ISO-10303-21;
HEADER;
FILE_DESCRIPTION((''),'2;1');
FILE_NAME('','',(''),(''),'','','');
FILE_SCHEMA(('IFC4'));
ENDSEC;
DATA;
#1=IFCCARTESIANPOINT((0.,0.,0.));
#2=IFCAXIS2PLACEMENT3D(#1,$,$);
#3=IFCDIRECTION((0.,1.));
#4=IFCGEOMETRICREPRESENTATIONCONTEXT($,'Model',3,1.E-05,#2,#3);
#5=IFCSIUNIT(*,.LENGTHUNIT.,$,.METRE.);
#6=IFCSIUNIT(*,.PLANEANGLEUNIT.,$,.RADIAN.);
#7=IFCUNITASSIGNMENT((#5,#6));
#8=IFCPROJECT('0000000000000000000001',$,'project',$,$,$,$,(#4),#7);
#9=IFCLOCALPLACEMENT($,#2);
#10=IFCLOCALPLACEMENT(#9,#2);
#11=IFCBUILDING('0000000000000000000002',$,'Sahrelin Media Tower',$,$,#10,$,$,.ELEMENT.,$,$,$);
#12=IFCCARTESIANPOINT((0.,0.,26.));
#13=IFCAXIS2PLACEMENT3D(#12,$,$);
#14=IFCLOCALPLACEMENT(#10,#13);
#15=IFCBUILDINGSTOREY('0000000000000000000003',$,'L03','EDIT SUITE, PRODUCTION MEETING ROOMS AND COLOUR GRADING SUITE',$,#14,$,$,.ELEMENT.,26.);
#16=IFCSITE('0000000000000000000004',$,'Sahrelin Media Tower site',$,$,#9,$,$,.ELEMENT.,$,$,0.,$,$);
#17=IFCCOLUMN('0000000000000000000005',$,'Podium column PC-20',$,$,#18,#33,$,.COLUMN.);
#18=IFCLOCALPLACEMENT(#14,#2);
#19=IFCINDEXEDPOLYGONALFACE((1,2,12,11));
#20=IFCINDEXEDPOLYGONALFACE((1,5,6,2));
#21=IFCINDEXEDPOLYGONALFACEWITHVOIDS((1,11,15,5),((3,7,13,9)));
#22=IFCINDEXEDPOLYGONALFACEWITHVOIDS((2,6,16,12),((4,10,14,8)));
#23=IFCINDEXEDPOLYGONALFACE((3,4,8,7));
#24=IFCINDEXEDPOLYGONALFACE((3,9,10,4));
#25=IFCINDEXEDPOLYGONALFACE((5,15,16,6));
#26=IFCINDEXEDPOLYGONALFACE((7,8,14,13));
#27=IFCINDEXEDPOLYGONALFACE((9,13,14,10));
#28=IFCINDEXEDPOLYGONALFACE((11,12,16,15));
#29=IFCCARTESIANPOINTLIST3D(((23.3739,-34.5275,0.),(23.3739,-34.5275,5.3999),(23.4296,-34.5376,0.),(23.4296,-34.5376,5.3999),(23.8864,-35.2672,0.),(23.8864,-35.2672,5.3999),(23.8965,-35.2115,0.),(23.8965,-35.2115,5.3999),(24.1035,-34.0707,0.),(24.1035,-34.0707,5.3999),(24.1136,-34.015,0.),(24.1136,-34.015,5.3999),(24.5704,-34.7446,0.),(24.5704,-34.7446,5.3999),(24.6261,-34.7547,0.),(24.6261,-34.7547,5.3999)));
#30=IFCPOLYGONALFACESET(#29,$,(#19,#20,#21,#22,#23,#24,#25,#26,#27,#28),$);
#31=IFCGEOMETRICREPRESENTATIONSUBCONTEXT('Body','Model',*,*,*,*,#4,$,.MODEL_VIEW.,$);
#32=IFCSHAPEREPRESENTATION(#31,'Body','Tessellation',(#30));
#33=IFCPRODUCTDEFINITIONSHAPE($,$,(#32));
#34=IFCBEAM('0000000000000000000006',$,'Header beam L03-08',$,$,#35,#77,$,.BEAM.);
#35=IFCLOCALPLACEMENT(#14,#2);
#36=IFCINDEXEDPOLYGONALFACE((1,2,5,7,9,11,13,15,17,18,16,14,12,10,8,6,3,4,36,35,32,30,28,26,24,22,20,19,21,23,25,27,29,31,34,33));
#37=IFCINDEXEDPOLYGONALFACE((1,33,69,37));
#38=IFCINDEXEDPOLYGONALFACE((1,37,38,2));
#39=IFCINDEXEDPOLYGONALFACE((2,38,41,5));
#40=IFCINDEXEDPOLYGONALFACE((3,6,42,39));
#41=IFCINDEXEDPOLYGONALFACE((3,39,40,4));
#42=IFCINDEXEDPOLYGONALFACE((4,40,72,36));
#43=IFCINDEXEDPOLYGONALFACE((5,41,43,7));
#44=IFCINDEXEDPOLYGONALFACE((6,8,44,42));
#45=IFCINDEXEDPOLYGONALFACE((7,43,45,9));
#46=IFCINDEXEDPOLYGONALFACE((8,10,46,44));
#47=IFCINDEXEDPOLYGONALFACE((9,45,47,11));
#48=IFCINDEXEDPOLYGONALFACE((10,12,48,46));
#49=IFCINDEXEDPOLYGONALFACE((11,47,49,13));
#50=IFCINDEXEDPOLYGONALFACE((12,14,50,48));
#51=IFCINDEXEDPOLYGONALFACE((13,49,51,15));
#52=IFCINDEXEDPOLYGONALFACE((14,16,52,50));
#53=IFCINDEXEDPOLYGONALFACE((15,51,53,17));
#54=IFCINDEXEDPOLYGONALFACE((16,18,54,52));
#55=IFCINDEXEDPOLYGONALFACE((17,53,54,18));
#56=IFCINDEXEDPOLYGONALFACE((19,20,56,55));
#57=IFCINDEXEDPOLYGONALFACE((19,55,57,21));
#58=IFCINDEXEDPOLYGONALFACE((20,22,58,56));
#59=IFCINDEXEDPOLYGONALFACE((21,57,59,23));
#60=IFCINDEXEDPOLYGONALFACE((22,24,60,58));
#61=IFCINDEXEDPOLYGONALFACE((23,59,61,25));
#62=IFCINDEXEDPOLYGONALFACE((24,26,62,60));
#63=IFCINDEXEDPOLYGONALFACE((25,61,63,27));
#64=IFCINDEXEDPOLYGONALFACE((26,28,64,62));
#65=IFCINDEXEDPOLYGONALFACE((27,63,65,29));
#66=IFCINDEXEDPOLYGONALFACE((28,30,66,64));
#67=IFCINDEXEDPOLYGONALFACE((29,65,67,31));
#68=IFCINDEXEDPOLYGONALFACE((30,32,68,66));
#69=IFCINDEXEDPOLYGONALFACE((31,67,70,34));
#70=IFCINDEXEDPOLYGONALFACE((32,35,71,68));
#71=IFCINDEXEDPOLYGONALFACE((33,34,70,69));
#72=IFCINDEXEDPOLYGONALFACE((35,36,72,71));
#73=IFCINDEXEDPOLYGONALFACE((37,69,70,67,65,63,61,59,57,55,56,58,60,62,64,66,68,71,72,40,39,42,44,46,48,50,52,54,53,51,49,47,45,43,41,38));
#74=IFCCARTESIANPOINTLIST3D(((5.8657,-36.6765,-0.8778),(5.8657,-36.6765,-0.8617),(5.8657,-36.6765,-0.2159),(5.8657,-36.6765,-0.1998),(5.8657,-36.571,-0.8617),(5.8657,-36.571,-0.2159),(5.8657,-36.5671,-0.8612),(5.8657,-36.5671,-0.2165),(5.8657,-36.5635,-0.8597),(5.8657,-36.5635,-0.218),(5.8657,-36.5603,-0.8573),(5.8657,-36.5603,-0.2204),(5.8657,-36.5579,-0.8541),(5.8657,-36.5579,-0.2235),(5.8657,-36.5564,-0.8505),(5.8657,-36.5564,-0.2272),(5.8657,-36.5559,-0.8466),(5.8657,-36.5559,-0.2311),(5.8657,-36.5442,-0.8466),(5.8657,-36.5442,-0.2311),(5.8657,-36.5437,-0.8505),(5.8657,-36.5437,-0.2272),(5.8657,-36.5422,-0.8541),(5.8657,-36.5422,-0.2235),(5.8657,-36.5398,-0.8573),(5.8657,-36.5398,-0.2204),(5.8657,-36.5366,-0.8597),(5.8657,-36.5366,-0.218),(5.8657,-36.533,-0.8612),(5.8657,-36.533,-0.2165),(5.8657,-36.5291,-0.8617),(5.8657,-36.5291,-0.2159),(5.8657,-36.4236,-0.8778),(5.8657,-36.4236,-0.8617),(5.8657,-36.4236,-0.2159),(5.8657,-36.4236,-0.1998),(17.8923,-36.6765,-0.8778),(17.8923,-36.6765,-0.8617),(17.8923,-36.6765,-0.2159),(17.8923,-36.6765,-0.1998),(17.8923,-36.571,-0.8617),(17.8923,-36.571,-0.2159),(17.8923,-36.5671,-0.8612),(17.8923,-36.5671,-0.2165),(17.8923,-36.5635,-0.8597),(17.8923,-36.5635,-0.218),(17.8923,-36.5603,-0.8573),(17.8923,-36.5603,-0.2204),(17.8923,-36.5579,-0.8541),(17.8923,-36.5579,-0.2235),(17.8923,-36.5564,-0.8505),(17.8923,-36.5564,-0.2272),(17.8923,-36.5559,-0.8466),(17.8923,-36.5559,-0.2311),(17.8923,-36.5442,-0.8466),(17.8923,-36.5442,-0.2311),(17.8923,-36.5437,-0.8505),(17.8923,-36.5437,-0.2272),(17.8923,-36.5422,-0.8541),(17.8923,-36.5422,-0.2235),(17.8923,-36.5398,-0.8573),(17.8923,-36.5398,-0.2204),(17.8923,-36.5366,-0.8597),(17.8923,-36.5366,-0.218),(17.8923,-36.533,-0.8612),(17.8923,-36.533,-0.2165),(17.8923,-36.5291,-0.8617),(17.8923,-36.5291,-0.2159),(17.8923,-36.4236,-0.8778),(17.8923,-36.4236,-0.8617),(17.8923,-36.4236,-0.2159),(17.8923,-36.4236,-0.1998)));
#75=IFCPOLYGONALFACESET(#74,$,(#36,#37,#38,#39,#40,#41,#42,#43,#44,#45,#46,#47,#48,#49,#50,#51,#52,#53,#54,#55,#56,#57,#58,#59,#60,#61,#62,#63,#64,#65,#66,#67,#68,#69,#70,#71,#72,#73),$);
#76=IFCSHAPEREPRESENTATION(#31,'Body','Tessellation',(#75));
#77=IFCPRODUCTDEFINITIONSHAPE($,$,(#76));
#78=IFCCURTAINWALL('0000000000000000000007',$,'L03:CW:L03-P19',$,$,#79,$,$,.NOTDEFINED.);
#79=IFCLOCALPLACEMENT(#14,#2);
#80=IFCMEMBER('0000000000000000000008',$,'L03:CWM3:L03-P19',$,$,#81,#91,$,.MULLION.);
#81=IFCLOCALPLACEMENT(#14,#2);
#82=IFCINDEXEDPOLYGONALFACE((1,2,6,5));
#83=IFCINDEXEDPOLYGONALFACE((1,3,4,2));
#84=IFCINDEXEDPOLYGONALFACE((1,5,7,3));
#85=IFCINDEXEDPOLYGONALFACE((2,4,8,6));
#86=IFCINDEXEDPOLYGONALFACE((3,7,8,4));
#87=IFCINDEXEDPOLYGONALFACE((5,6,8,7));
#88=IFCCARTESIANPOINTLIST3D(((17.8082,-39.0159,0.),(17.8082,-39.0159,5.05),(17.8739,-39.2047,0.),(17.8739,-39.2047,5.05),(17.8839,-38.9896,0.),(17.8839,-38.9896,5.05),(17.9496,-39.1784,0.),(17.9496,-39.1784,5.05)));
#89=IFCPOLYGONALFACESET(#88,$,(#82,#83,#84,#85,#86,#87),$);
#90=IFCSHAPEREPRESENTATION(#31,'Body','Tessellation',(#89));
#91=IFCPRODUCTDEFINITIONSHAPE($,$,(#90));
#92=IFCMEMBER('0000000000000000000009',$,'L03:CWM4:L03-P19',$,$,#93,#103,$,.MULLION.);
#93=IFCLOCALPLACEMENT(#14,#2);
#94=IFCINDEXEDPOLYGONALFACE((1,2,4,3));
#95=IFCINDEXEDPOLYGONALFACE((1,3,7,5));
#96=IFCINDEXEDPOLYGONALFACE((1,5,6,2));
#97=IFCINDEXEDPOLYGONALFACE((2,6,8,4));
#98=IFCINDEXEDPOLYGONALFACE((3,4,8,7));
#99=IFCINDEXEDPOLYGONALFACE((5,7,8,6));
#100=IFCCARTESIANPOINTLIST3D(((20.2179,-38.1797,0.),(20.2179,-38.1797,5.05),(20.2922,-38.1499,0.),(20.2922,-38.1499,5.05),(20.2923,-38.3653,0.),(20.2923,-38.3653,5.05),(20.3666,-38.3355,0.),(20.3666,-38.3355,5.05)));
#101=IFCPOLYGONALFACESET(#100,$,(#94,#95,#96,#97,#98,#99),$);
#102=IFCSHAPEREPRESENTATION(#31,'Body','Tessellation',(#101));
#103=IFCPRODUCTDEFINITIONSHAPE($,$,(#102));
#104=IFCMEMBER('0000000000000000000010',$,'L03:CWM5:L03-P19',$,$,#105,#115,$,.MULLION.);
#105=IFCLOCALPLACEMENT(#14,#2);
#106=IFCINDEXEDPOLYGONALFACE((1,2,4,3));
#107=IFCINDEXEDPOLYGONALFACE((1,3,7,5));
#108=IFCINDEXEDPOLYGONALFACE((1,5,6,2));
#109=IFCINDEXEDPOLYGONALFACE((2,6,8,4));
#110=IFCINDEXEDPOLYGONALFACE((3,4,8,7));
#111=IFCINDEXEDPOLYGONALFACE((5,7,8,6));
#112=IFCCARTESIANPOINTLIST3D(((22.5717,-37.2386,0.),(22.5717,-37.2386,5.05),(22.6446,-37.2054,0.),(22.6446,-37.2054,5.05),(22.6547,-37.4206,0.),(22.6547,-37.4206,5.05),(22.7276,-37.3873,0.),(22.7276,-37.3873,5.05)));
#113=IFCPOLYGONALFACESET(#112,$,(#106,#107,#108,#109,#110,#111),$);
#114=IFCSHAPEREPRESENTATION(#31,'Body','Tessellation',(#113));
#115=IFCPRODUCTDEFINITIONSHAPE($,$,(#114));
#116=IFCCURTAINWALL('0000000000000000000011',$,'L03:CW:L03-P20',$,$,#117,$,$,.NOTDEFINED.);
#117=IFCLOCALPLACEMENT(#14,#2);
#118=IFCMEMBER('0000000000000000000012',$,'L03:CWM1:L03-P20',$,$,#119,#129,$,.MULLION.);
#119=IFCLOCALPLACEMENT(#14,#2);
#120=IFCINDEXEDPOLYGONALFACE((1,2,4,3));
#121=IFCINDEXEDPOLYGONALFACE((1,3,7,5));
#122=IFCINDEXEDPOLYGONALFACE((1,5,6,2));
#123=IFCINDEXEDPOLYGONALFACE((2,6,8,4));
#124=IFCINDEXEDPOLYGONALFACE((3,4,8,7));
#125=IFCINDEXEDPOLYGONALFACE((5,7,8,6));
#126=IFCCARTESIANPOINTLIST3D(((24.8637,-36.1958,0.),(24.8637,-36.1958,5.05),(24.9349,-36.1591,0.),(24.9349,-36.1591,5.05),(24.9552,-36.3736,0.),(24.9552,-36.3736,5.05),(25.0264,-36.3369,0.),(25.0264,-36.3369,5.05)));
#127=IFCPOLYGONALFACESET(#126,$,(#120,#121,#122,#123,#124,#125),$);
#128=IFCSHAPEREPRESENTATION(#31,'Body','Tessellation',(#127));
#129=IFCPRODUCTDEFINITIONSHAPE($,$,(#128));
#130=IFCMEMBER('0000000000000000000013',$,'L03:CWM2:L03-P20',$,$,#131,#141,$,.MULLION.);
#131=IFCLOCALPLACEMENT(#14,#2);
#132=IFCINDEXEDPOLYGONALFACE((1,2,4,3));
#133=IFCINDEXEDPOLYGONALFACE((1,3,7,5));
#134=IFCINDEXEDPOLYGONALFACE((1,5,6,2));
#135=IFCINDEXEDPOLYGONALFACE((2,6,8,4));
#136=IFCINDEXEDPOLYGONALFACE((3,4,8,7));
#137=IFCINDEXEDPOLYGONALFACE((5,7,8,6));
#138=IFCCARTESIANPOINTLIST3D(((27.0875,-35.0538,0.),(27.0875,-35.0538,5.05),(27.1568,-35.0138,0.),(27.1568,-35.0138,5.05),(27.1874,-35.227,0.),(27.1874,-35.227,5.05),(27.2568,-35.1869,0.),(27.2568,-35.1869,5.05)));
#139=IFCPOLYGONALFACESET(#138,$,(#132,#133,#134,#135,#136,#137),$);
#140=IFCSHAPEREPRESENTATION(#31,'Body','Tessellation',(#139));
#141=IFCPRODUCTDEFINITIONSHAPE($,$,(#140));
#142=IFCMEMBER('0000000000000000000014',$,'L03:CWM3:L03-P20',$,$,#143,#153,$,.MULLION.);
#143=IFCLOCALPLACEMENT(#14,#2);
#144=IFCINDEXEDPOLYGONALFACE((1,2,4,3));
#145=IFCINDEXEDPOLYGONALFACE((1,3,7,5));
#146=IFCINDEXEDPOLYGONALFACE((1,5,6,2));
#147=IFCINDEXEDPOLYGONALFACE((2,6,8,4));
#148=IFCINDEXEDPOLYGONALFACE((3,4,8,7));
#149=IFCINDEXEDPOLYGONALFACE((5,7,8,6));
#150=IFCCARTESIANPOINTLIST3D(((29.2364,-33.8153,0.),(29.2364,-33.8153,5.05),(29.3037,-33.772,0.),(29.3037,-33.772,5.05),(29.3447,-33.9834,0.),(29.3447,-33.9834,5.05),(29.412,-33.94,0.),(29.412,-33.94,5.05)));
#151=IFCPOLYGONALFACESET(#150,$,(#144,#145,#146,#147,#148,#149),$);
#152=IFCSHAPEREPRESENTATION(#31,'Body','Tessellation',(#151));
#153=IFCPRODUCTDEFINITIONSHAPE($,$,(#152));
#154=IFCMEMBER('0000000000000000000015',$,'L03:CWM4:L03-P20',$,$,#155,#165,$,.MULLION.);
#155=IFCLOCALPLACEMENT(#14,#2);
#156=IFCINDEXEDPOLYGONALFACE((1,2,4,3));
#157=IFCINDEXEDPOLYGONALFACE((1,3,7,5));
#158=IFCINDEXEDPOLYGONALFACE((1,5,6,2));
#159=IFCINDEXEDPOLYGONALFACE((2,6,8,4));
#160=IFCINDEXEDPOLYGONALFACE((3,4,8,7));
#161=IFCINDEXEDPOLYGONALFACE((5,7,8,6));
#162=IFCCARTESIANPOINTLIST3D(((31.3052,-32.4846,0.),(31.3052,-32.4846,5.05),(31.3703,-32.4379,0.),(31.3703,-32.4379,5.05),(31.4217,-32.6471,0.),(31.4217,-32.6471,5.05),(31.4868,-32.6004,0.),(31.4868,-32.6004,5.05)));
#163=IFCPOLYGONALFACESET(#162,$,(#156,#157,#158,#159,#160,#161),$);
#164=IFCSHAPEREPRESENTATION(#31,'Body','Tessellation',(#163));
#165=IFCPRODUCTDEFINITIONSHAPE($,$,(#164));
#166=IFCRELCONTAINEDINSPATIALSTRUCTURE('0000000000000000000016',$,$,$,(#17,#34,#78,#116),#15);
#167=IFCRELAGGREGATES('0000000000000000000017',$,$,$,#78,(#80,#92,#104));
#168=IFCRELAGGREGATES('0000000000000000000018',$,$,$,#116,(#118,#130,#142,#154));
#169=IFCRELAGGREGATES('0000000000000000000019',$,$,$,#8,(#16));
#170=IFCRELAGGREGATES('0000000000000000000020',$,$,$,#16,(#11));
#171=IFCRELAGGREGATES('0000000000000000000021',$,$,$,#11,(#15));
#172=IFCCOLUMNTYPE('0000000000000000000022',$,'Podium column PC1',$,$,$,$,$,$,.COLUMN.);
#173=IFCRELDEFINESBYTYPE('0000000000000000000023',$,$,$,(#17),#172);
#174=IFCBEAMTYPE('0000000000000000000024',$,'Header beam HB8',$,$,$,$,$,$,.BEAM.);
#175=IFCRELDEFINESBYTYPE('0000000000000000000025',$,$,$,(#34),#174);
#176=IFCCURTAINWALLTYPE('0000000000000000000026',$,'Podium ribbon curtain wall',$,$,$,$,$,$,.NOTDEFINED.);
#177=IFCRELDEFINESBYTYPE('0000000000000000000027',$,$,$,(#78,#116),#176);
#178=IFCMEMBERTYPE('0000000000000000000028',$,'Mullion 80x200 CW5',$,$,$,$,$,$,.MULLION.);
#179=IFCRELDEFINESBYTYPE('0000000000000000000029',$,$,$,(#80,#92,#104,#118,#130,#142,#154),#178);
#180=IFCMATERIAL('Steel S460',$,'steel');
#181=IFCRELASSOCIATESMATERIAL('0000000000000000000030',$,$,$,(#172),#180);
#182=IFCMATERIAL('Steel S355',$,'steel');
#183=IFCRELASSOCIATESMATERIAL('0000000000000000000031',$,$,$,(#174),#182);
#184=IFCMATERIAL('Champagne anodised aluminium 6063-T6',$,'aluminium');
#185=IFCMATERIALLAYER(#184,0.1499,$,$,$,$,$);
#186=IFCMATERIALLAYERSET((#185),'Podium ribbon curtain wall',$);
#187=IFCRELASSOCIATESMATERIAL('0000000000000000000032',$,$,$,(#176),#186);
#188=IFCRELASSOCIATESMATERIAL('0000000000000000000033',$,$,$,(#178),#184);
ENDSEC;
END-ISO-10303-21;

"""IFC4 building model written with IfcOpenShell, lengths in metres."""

from ifc_helpers import new_model, si_unit, direction, frame, origin, origin_2d, place, context, subcontext, project, spatial, rectangle, hollow_rectangle, i_section, extrude, material, layer, layer_set, material_profile, profile_set, type_object, element, aggregate, save


model = new_model("IFC4")

# Units and contexts
model_context = context("Model", 3, precision=1e-05, world=origin(), true_north=direction((0.0, 1.0)))
body_context = subcontext(model_context, "Body", "Model", "MODEL_VIEW")
ifc_project = project(units=[si_unit("LENGTHUNIT", "METRE"), si_unit("PLANEANGLEUNIT", "RADIAN")], contexts=[model_context])

# Site, building, storey
site_placement = place(None, origin())
site = spatial("IfcSite", under=ifc_project, at=site_placement, Name="Sahrelin Media Tower site", CompositionType="ELEMENT", RefElevation=0.0)
building_placement = place(site_placement, origin())
building = spatial("IfcBuilding", under=site, at=building_placement, Name="Sahrelin Media Tower", CompositionType="ELEMENT")
storey_placement = place(building_placement, frame((0.0, 0.0, 26.0)))
storey = spatial("IfcBuildingStorey", under=building, at=storey_placement, Name="L03", Description="EDIT SUITE, PRODUCTION MEETING ROOMS AND COLOUR GRADING SUITE", CompositionType="ELEMENT", Elevation=26.0)

# Column
ifc_material_1 = material(Name="Steel S460", Category="steel")
ifc_material_profile_1 = material_profile(ifc_material_1, hollow_rectangle(XDim=0.8999, YDim=0.8999, WallThickness=0.04, at=origin_2d()), Name="Podium column PC1")
ifc_profile_set_1 = profile_set([ifc_material_profile_1], Name="Steel S460")
column_type = type_object("IfcColumnType", Name="Podium column PC1", PredefinedType="COLUMN", material=ifc_profile_set_1)
column_placement = place(storey_placement, frame((24.0, -34.6411, 0.0), z_axis=(0.0, 0.0, 1.0), x_axis=(0.569495, -0.821995, 0.0)))
element("IfcColumn", 1, at=column_placement, inside=storey, type_object=column_type, Name="Podium column PC-20", PredefinedType="COLUMN", context=body_context, shape_type="SweptSolid", body=[
    extrude(hollow_rectangle(XDim=0.8999, YDim=0.8999, WallThickness=0.04, at=origin_2d()), origin(), (0.0, 0.0, 1.0), 5.3999),
])

# Beam
ifc_material_2 = material(Name="Steel S355", Category="steel")
ifc_material_profile_2 = material_profile(ifc_material_2, i_section(OverallWidth=0.2529, OverallDepth=0.678, WebThickness=0.0117, FlangeThickness=0.0161, FilletRadius=0.0151, at=origin_2d()), Name="UB 686x254x125")
ifc_profile_set_2 = profile_set([ifc_material_profile_2], Name="Steel S355")
beam_type_1 = type_object("IfcBeamType", Name="Header beam HB8", PredefinedType="BEAM", material=ifc_profile_set_2)
beam_1_placement = place(storey_placement, frame((17.8923, -36.55, -0.5388), z_axis=(-1.0, 0.0, 0.0), x_axis=(0.0, -1.0, 0.0)))
element("IfcBeam", 2, at=beam_1_placement, inside=storey, type_object=beam_type_1, Name="Header beam L03-08", PredefinedType="BEAM", context=body_context, shape_type="SweptSolid", body=[
    extrude(i_section(OverallWidth=0.2529, OverallDepth=0.678, WebThickness=0.0117, FlangeThickness=0.0161, FilletRadius=0.0151, at=origin_2d()), origin(), (0.0, 0.0, 1.0), 12.0266),
])

# Curtain walls, members
ifc_material_3 = material(Name="Champagne anodised aluminium 6063-T6", Category="aluminium")
ifc_layer_1 = layer(ifc_material_3, 0.1499)
ifc_layer_set_1 = layer_set([ifc_layer_1], Name="Podium ribbon curtain wall")
curtain_wall_type = type_object("IfcCurtainWallType", Name="Podium ribbon curtain wall", PredefinedType="NOTDEFINED", material=ifc_layer_set_1)
curtain_wall_1_placement = place(storey_placement, frame((12.9409, -40.5688, 0.0), z_axis=(0.0, 0.0, 1.0), x_axis=(1.0, 0.0, 0.0)))
curtain_wall_1 = element("IfcCurtainWall", 3, at=curtain_wall_1_placement, inside=storey, type_object=curtain_wall_type, Name="L03:CW:L03-P19", PredefinedType="NOTDEFINED")
ifc_material_profile_3 = material_profile(ifc_material_3, rectangle(XDim=0.0801, YDim=0.2, at=origin_2d()), Name="Mullion 80x200")
ifc_profile_set_3 = profile_set([ifc_material_profile_3], Name="Champagne anodised aluminium 6063-T6")
member_type_1 = type_object("IfcMemberType", Name="Mullion 80x200 CW5", PredefinedType="MULLION", material=ifc_profile_set_3)
member_1_placement = place(storey_placement, frame((17.8789, -39.0972, 0.0), z_axis=(0.0, 0.0, 1.0), x_axis=(0.944458, 0.328631, 0.0)))
member_1 = element("IfcMember", 4, at=member_1_placement, type_object=member_type_1, Name="L03:CWM3:L03-P19", PredefinedType="MULLION", context=body_context, shape_type="SweptSolid", body=[
    extrude(rectangle(XDim=0.0801, YDim=0.2, at=origin_2d()), origin(), (0.0, 0.0, 1.0), 5.05),
])
member_2_placement = place(storey_placement, frame((20.2922, -38.2576, 0.0), z_axis=(0.0, 0.0, 1.0), x_axis=(0.92827, 0.371906, 0.0)))
member_2 = element("IfcMember", 5, at=member_2_placement, type_object=member_type_1, Name="L03:CWM4:L03-P19", PredefinedType="MULLION", context=body_context, shape_type="SweptSolid", body=[
    extrude(rectangle(XDim=0.0801, YDim=0.2, at=origin_2d()), origin(), (0.0, 0.0, 1.0), 5.05),
])
member_3_placement = place(storey_placement, frame((22.6497, -37.313, 0.0), z_axis=(0.0, 0.0, 1.0), x_axis=(0.909842, 0.414955, 0.0)))
member_3 = element("IfcMember", 6, at=member_3_placement, type_object=member_type_1, Name="L03:CWM5:L03-P19", PredefinedType="MULLION", context=body_context, shape_type="SweptSolid", body=[
    extrude(rectangle(XDim=0.0801, YDim=0.2, at=origin_2d()), origin(), (0.0, 0.0, 1.0), 5.05),
])
curtain_wall_2_placement = place(storey_placement, frame((25.0, -36.373, 0.0), z_axis=(0.0, 0.0, 1.0), x_axis=(1.0, 0.0, 0.0)))
curtain_wall_2 = element("IfcCurtainWall", 7, at=curtain_wall_2_placement, inside=storey, type_object=curtain_wall_type, Name="L03:CW:L03-P20", PredefinedType="NOTDEFINED")
member_4_placement = place(storey_placement, frame((24.9451, -36.2664, 0.0), z_axis=(0.0, 0.0, 1.0), x_axis=(0.889123, 0.457668, 0.0)))
member_4 = element("IfcMember", 8, at=member_4_placement, type_object=member_type_1, Name="L03:CWM1:L03-P20", PredefinedType="MULLION", context=body_context, shape_type="SweptSolid", body=[
    extrude(rectangle(XDim=0.0801, YDim=0.2, at=origin_2d()), origin(), (0.0, 0.0, 1.0), 5.05),
])
member_5_placement = place(storey_placement, frame((27.1721, -35.1204, 0.0), z_axis=(0.0, 0.0, 1.0), x_axis=(0.866029, 0.499994, 0.0)))
member_5 = element("IfcMember", 9, at=member_5_placement, type_object=member_type_1, Name="L03:CWM2:L03-P20", PredefinedType="MULLION", context=body_context, shape_type="SweptSolid", body=[
    extrude(rectangle(XDim=0.0801, YDim=0.2, at=origin_2d()), origin(), (0.0, 0.0, 1.0), 5.05),
])
member_6_placement = place(storey_placement, frame((29.3242, -33.8777, 0.0), z_axis=(0.0, 0.0, 1.0), x_axis=(0.840519, 0.541782, 0.0)))
member_6 = element("IfcMember", 10, at=member_6_placement, type_object=member_type_1, Name="L03:CWM3:L03-P20", PredefinedType="MULLION", context=body_context, shape_type="SweptSolid", body=[
    extrude(rectangle(XDim=0.0801, YDim=0.2, at=origin_2d()), origin(), (0.0, 0.0, 1.0), 5.05),
])
member_7_placement = place(storey_placement, frame((31.396, -32.5425, 0.0), z_axis=(0.0, 0.0, 1.0), x_axis=(0.812532, 0.582916, 0.0)))
member_7 = element("IfcMember", 11, at=member_7_placement, type_object=member_type_1, Name="L03:CWM4:L03-P20", PredefinedType="MULLION", context=body_context, shape_type="SweptSolid", body=[
    extrude(rectangle(XDim=0.0801, YDim=0.2, at=origin_2d()), origin(), (0.0, 0.0, 1.0), 5.05),
])

aggregate(curtain_wall_1, [member_1, member_2, member_3])
aggregate(curtain_wall_2, [member_4, member_5, member_6, member_7])

save(model, "model.ifc")
